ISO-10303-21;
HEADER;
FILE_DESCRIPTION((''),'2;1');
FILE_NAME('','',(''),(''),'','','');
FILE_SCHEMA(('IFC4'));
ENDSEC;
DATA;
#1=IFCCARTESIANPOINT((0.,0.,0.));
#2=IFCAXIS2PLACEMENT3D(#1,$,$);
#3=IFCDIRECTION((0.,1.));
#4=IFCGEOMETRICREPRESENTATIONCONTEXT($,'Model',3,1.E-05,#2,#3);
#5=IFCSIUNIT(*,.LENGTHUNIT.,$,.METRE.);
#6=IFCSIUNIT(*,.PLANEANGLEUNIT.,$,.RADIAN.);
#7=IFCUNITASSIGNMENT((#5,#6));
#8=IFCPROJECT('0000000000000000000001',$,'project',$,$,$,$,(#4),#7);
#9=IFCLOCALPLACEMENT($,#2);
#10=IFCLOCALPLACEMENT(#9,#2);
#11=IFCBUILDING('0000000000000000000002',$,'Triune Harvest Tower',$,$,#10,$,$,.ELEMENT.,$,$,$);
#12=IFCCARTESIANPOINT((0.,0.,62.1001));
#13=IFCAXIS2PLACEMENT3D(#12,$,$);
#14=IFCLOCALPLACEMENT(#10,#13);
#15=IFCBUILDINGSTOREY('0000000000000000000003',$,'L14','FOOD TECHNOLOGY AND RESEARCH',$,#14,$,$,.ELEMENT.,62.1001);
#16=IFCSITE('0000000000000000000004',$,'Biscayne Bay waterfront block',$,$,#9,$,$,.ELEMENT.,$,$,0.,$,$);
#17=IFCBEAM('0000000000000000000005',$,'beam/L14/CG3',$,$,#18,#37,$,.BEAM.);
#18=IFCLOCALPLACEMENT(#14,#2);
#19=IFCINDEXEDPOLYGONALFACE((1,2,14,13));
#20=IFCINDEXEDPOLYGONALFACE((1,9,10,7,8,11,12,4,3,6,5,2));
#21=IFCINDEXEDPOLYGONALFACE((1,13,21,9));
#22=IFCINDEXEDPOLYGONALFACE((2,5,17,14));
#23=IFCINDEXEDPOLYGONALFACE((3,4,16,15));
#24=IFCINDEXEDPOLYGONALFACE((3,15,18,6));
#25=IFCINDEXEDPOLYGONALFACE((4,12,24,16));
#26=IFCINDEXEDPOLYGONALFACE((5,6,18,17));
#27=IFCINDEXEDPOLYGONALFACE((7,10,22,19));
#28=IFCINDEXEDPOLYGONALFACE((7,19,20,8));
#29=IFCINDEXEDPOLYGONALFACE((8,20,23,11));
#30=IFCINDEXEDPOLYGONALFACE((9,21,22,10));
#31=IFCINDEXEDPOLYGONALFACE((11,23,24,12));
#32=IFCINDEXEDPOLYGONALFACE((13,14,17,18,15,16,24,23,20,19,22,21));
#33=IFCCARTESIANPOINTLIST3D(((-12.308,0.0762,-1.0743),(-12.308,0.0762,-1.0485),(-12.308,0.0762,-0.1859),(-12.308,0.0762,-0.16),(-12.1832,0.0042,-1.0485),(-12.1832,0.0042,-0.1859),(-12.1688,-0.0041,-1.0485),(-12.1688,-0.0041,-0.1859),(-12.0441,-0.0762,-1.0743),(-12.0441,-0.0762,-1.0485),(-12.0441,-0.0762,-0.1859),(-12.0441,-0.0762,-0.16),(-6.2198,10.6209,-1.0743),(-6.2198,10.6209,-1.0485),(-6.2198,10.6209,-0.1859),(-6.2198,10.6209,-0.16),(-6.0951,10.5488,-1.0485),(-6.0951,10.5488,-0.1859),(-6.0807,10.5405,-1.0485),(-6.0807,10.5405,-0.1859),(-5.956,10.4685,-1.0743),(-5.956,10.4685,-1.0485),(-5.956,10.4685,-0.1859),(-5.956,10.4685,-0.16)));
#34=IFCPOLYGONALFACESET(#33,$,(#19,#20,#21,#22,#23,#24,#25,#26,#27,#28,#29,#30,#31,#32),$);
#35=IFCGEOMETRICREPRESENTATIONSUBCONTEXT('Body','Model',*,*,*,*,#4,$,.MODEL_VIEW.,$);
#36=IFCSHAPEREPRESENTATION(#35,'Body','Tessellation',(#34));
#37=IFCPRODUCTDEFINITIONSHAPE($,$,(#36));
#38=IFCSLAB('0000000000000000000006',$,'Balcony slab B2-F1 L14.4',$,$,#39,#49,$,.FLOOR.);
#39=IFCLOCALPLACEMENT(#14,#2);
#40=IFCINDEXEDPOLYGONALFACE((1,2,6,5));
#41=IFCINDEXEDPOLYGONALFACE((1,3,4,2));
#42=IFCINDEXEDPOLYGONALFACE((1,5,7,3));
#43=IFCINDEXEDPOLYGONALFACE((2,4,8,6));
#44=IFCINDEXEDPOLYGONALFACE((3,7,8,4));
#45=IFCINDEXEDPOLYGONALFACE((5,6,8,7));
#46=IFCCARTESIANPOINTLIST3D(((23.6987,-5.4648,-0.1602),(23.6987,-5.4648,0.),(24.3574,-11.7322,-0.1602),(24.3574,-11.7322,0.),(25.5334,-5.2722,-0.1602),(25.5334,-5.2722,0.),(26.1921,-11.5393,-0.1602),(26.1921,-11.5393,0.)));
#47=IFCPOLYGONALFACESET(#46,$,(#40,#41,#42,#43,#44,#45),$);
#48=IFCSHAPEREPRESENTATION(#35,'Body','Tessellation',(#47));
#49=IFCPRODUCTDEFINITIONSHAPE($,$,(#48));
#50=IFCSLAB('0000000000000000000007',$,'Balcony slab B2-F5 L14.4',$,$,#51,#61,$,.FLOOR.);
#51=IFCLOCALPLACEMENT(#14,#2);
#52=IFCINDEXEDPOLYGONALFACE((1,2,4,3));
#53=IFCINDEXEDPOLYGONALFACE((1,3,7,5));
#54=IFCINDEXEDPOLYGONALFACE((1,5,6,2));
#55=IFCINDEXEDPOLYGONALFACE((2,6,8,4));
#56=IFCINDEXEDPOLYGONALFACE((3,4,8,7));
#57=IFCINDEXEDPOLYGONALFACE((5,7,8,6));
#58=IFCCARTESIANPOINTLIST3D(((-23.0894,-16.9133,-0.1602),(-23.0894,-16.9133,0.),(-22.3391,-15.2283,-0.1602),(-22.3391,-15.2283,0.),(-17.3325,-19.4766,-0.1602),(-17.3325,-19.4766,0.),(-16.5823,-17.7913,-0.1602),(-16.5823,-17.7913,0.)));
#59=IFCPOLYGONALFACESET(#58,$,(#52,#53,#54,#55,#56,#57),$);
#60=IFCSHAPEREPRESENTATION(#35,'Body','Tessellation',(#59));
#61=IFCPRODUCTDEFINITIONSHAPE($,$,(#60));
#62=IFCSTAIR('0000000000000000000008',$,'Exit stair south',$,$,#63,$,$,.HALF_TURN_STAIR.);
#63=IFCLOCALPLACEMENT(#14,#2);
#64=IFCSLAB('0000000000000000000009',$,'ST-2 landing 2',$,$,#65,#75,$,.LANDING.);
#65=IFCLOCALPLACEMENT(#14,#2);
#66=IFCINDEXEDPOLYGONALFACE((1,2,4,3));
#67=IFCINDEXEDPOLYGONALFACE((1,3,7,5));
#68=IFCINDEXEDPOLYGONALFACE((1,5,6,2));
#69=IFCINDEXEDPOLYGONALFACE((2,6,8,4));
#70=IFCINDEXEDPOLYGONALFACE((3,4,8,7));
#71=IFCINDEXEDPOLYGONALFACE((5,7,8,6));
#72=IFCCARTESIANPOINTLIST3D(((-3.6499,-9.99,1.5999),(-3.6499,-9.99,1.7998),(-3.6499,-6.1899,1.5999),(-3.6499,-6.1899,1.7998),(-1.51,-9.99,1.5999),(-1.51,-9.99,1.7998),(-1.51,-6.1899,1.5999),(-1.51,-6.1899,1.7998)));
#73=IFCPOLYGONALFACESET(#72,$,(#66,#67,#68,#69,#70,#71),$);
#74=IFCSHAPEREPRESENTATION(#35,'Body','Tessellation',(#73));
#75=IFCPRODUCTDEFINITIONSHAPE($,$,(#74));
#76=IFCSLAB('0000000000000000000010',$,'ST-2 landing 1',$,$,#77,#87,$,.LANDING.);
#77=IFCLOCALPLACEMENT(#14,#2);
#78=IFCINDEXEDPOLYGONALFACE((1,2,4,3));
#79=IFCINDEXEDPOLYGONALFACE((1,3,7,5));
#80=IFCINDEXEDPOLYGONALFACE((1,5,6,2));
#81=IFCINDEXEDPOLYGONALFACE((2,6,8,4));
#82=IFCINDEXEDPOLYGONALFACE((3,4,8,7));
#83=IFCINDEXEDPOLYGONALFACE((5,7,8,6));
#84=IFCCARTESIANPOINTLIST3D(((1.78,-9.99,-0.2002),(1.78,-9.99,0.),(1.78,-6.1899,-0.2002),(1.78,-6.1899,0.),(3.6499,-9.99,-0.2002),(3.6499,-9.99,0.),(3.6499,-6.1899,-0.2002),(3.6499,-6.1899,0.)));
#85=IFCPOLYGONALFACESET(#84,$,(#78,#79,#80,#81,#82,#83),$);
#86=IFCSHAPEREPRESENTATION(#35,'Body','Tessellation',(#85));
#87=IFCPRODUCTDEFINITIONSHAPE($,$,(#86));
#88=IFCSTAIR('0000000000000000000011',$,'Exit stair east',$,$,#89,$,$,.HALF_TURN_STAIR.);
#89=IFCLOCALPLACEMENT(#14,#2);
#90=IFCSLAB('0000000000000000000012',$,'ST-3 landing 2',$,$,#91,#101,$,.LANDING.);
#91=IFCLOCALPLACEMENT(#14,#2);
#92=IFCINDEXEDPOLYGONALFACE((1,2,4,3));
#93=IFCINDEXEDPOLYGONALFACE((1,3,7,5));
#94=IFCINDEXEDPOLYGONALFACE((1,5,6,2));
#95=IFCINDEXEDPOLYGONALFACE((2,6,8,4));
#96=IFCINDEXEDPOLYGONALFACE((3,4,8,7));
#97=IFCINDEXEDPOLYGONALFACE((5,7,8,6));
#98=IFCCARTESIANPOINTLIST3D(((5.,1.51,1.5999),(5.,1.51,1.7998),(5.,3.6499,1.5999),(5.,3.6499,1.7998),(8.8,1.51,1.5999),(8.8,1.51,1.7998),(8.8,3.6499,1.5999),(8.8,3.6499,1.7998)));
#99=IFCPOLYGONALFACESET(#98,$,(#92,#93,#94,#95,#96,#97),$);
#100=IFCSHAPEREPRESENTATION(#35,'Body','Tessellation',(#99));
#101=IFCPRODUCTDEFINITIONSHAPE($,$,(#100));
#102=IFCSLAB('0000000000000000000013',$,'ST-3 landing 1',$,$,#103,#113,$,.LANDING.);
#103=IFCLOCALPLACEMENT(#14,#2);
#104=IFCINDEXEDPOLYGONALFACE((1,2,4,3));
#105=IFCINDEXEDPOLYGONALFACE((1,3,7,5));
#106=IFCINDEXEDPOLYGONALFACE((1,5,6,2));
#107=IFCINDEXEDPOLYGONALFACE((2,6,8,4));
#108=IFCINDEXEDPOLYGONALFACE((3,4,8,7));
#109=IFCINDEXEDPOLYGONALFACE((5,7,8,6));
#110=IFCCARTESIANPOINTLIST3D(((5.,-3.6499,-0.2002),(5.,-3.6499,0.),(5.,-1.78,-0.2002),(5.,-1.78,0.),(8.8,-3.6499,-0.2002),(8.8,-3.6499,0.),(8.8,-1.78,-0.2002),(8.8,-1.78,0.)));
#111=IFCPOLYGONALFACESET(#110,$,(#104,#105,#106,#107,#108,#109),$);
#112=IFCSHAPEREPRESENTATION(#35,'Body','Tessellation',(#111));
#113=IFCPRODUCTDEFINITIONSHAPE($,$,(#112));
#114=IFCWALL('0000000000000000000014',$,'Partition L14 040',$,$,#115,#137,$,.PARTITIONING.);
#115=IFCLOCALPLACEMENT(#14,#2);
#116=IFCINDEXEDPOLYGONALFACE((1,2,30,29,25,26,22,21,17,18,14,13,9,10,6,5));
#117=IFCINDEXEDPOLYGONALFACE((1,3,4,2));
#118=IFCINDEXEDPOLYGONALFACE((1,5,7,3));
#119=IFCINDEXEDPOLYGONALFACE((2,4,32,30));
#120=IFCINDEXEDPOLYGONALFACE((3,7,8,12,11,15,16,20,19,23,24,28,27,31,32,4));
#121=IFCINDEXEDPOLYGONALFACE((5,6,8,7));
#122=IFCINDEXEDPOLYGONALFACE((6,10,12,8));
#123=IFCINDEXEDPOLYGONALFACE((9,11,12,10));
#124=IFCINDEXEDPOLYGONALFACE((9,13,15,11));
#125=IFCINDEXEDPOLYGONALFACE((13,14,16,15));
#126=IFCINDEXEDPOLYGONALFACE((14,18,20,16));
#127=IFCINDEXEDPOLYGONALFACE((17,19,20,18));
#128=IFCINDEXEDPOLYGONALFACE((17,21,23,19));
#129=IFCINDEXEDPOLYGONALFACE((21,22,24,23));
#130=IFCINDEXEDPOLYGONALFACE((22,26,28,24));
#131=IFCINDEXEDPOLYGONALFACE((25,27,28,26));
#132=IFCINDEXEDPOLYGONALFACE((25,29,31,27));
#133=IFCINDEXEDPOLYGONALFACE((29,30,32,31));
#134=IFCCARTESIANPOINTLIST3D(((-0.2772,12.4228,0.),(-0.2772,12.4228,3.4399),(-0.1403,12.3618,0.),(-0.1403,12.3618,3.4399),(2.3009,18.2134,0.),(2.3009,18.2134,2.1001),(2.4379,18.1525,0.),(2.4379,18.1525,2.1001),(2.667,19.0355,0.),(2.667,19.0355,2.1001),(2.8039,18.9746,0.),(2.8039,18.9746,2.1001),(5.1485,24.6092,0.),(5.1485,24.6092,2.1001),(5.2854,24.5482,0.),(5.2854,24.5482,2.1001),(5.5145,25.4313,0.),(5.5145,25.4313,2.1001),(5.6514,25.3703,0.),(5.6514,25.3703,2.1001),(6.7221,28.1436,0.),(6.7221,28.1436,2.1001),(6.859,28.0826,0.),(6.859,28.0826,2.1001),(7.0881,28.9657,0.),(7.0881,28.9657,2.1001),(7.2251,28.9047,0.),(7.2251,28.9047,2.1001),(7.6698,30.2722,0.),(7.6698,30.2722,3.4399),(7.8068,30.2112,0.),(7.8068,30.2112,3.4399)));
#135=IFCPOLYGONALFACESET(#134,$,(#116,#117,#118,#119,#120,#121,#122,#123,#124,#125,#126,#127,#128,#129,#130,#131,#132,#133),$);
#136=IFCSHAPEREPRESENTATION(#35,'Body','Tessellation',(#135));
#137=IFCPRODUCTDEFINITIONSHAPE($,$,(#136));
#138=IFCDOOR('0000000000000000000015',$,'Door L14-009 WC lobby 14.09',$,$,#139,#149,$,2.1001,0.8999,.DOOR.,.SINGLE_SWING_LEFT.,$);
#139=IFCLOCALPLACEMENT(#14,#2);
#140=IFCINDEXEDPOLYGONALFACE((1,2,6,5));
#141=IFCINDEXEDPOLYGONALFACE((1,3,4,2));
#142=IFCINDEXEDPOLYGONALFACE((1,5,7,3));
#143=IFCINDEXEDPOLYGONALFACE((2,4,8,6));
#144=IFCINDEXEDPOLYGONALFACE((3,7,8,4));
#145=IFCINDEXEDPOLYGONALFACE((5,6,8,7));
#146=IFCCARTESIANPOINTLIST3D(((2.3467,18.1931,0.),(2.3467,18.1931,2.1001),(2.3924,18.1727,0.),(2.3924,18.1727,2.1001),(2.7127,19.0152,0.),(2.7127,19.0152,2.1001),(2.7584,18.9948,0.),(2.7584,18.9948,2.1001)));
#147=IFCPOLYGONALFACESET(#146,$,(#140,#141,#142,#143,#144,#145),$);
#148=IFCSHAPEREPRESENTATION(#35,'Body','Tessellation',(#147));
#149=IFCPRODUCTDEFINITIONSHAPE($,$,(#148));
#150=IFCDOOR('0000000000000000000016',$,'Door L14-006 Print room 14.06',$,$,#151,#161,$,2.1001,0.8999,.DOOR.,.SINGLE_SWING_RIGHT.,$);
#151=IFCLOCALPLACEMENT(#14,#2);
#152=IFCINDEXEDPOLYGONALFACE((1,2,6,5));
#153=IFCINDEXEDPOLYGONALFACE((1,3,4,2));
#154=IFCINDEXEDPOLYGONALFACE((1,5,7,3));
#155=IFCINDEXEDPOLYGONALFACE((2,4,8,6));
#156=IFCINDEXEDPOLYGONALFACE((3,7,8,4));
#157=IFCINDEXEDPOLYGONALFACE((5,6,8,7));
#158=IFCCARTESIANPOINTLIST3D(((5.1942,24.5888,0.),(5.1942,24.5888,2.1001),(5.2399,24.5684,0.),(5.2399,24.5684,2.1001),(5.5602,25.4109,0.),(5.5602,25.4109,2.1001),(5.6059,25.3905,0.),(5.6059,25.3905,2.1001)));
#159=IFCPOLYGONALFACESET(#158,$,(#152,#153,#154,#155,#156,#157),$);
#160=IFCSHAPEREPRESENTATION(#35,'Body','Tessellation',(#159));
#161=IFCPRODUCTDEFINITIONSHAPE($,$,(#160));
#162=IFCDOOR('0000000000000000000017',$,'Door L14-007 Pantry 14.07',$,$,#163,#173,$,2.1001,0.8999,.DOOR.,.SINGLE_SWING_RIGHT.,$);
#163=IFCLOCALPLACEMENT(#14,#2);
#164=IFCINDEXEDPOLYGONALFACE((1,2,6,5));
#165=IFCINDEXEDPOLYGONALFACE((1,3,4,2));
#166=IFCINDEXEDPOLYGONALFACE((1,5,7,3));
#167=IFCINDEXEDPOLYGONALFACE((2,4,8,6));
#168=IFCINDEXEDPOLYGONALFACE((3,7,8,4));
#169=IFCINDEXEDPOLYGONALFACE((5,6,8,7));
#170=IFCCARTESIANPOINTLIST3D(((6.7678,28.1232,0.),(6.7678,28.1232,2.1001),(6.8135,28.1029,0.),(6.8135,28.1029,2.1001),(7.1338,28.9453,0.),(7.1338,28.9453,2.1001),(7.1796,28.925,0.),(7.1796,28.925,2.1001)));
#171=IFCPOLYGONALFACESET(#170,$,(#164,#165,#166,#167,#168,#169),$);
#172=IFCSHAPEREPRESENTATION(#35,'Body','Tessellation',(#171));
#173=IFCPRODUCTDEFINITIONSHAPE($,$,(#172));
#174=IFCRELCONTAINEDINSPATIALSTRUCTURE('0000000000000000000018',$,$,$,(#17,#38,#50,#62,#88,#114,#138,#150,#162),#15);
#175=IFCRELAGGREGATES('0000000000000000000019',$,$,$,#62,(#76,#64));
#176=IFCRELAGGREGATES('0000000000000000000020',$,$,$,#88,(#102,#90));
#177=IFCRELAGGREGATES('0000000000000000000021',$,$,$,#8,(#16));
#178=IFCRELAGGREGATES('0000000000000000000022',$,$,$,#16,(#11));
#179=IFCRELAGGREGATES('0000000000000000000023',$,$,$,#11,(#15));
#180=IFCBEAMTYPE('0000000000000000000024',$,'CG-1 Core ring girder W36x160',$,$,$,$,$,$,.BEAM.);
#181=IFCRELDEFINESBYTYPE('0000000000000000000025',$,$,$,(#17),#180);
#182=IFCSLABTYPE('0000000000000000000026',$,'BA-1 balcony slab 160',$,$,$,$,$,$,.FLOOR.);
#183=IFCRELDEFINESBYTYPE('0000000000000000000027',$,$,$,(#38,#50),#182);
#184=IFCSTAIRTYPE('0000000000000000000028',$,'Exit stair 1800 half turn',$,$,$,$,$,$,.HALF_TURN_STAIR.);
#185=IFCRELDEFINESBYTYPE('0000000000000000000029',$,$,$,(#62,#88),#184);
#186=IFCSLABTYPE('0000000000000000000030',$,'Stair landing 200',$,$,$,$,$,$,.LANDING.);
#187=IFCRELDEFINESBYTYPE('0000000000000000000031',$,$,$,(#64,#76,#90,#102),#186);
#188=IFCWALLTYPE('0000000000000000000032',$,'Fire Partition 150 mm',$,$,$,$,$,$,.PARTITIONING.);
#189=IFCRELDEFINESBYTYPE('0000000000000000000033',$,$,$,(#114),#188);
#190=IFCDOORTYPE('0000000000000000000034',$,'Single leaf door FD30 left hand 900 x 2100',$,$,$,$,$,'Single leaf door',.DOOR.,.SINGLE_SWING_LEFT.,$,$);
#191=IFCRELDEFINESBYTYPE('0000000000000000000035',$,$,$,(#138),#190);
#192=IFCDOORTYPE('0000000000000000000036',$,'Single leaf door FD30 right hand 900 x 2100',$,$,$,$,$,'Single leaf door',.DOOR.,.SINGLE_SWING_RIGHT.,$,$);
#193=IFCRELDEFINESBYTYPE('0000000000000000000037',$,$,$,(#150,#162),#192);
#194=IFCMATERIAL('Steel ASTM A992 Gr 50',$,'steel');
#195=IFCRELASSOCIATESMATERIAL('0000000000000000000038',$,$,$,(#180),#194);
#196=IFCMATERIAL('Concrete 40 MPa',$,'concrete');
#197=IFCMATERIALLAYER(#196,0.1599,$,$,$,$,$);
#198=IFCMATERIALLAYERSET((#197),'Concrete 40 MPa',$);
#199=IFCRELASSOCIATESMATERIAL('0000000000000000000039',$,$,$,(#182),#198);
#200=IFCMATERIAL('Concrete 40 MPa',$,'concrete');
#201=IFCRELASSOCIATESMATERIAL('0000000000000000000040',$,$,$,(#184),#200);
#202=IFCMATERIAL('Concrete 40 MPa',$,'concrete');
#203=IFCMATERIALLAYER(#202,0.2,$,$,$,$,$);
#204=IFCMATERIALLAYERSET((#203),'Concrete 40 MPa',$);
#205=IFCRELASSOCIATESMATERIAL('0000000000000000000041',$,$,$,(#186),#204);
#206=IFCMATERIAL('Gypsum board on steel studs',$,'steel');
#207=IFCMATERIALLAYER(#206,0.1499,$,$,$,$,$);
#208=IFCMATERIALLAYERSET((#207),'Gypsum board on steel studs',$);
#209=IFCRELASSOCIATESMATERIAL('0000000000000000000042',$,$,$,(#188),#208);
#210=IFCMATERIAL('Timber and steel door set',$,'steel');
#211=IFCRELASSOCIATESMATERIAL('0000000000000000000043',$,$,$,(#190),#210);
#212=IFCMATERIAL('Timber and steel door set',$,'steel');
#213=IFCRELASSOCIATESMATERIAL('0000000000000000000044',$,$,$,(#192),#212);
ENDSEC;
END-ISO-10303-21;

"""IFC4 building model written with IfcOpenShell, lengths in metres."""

from ifc_helpers import new_model, si_unit, direction, frame, frame_2d, origin, origin_2d, place, context, subcontext, project, spatial, polyline, rectangle, i_section, outline, extrude, source, transform, mapped, material, layer, layer_set, material_profile, profile_set, type_object, element, fill, aggregate, save


model = new_model("IFC4")

# Units and contexts
model_context = context("Model", 3, precision=1e-05, world=origin(), true_north=direction((0.0, 1.0)))
body_context = subcontext(model_context, "Body", "Model", "MODEL_VIEW")
ifc_project = project(units=[si_unit("LENGTHUNIT", "METRE"), si_unit("PLANEANGLEUNIT", "RADIAN")], contexts=[model_context])

# Site, building, storey
site_placement = place(None, origin())
site = spatial("IfcSite", under=ifc_project, at=site_placement, Name="Biscayne Bay waterfront block", CompositionType="ELEMENT", RefElevation=0.0)
building_placement = place(site_placement, origin())
building = spatial("IfcBuilding", under=site, at=building_placement, Name="Triune Harvest Tower", CompositionType="ELEMENT")
storey_placement = place(building_placement, frame((0.0, 0.0, 62.1001)))
storey = spatial("IfcBuildingStorey", under=building, at=storey_placement, Name="L14", Description="FOOD TECHNOLOGY AND RESEARCH", CompositionType="ELEMENT", Elevation=62.1001)

# Beam
ifc_material_1 = material(Name="Steel ASTM A992 Gr 50", Category="steel")
ifc_material_profile = material_profile(ifc_material_1, i_section(OverallWidth=0.3047, OverallDepth=0.9143, WebThickness=0.0166, FlangeThickness=0.0259, at=origin_2d()), Name="W36x160")
ifc_profile_set = profile_set([ifc_material_profile], Name="Steel ASTM A992 Gr 50")
beam_type = type_object("IfcBeamType", Name="CG-1 Core ring girder W36x160", PredefinedType="BEAM", material=ifc_profile_set)
shared_shape_1 = source(origin(), body_context, "Body", "SweptSolid", [
    extrude(i_section(OverallWidth=0.3047, OverallDepth=0.9143, WebThickness=0.0166, FlangeThickness=0.0259, at=origin_2d()), origin(), (0.0, 0.0, 1.0), 12.176),
])
beam_placement = place(storey_placement, frame((-6.0879, 10.5447, -0.6172), z_axis=(-0.50001, -0.86602, 0.0), x_axis=(0.86602, -0.50001, 0.0)))
element("IfcBeam", 1, at=beam_placement, inside=storey, type_object=beam_type, Name="beam/L14/CG3", PredefinedType="BEAM", context=body_context, shape_type="MappedRepresentation", body=[
    mapped(shared_shape_1, transform((0.0, 0.0, 0.0), scale=1.0)),
])

# Slabs
ifc_material_2 = material(Name="Concrete 40 MPa", Category="concrete")
ifc_layer_1 = layer(ifc_material_2, 0.1599)
ifc_layer_set_1 = layer_set([ifc_layer_1], Name="Concrete 40 MPa")
slab_type_1 = type_object("IfcSlabType", Name="BA-1 balcony slab 160", PredefinedType="FLOOR", material=ifc_layer_set_1)
slab_1_placement = place(storey_placement, frame((0.0, 0.0, -0.1602)))
element("IfcSlab", 2, at=slab_1_placement, inside=storey, type_object=slab_type_1, Name="Balcony slab B2-F1 L14.4", PredefinedType="FLOOR", context=body_context, shape_type="SweptSolid", body=[
    extrude(outline(polyline([(24.3574, -11.7322), (23.6987, -5.4648), (25.5334, -5.2722), (26.1921, -11.5393), (24.3574, -11.7322)])), origin(), (0.0, 0.0, 1.0), 0.1602),
])
slab_2_placement = place(storey_placement, frame((0.0, 0.0, -0.1602)))
element("IfcSlab", 3, at=slab_2_placement, inside=storey, type_object=slab_type_1, Name="Balcony slab B2-F5 L14.4", PredefinedType="FLOOR", context=body_context, shape_type="SweptSolid", body=[
    extrude(outline(polyline([(-22.3391, -15.2283), (-16.5823, -17.7913), (-17.3325, -19.4766), (-23.0894, -16.9133), (-22.3391, -15.2283)])), origin(), (0.0, 0.0, 1.0), 0.1602),
])

# Stairs, slabs
ifc_material_3 = material(Name="Concrete 40 MPa", Category="concrete")
stair_type = type_object("IfcStairType", Name="Exit stair 1800 half turn", PredefinedType="HALF_TURN_STAIR", material=ifc_material_3)
stair_1_placement = place(storey_placement, origin())
stair_1 = element("IfcStair", 4, at=stair_1_placement, inside=storey, type_object=stair_type, Name="Exit stair south", PredefinedType="HALF_TURN_STAIR")
ifc_material_4 = material(Name="Concrete 40 MPa", Category="concrete")
ifc_layer_2 = layer(ifc_material_4, 0.2)
ifc_layer_set_2 = layer_set([ifc_layer_2], Name="Concrete 40 MPa")
slab_type_2 = type_object("IfcSlabType", Name="Stair landing 200", PredefinedType="LANDING", material=ifc_layer_set_2)
shared_shape_2 = source(origin(), body_context, "Body", "SweptSolid", [
    extrude(outline(polyline([(-1.51, -6.1899), (-3.6499, -6.1899), (-3.6499, -9.99), (-1.51, -9.99), (-1.51, -6.1899)])), origin(), (0.0, 0.0, 1.0), 0.2),
])
slab_3_placement = place(storey_placement, frame((0.0, 0.0, 1.5999)))
slab_3 = element("IfcSlab", 5, at=slab_3_placement, type_object=slab_type_2, Name="ST-2 landing 2", PredefinedType="LANDING", context=body_context, shape_type="MappedRepresentation", body=[
    mapped(shared_shape_2, transform((0.0, 0.0, 0.0), scale=1.0)),
])
shared_shape_3 = source(origin(), body_context, "Body", "SweptSolid", [
    extrude(outline(polyline([(3.6499, -6.1899), (1.78, -6.1899), (1.78, -9.99), (3.6499, -9.99), (3.6499, -6.1899)])), origin(), (0.0, 0.0, 1.0), 0.2002),
])
slab_4_placement = place(storey_placement, frame((0.0, 0.0, -0.2002)))
slab_4 = element("IfcSlab", 6, at=slab_4_placement, type_object=slab_type_2, Name="ST-2 landing 1", PredefinedType="LANDING", context=body_context, shape_type="MappedRepresentation", body=[
    mapped(shared_shape_3, transform((0.0, 0.0, 0.0), scale=1.0)),
])
aggregate(stair_1, [slab_4, slab_3])
stair_2_placement = place(storey_placement, origin())
stair_2 = element("IfcStair", 7, at=stair_2_placement, inside=storey, type_object=stair_type, Name="Exit stair east", PredefinedType="HALF_TURN_STAIR")
shared_shape_4 = source(origin(), body_context, "Body", "SweptSolid", [
    extrude(outline(polyline([(8.8, 1.51), (8.8, 3.6499), (5.0, 3.6499), (5.0, 1.51), (8.8, 1.51)])), origin(), (0.0, 0.0, 1.0), 0.2),
])
slab_5_placement = place(storey_placement, frame((0.0, 0.0, 1.5999)))
slab_5 = element("IfcSlab", 8, at=slab_5_placement, type_object=slab_type_2, Name="ST-3 landing 2", PredefinedType="LANDING", context=body_context, shape_type="MappedRepresentation", body=[
    mapped(shared_shape_4, transform((0.0, 0.0, 0.0), scale=1.0)),
])
shared_shape_5 = source(origin(), body_context, "Body", "SweptSolid", [
    extrude(outline(polyline([(8.8, -3.6499), (8.8, -1.78), (5.0, -1.78), (5.0, -3.6499), (8.8, -3.6499)])), origin(), (0.0, 0.0, 1.0), 0.2002),
])
slab_6_placement = place(storey_placement, frame((0.0, 0.0, -0.2002)))
slab_6 = element("IfcSlab", 9, at=slab_6_placement, type_object=slab_type_2, Name="ST-3 landing 1", PredefinedType="LANDING", context=body_context, shape_type="MappedRepresentation", body=[
    mapped(shared_shape_5, transform((0.0, 0.0, 0.0), scale=1.0)),
])
aggregate(stair_2, [slab_6, slab_5])

# Wall, openings, doors
ifc_material_5 = material(Name="Gypsum board on steel studs", Category="steel")
ifc_layer_3 = layer(ifc_material_5, 0.1499)
ifc_layer_set_3 = layer_set([ifc_layer_3], Name="Gypsum board on steel studs")
wall_type_1 = type_object("IfcWallType", Name="Fire Partition 150 mm", PredefinedType="PARTITIONING", material=ifc_layer_set_3)
wall_1_placement = place(storey_placement, frame((-0.2087, 12.3923, 0.0), z_axis=(0.0, 0.0, 1.0), x_axis=(0.406735, 0.913546, 0.0)))
wall_1 = element("IfcWall", 10, at=wall_1_placement, inside=storey, type_object=wall_type_1, Name="Partition L14 040", PredefinedType="PARTITIONING", context=body_context, shape_type="SweptSolid", body=[
    extrude(rectangle(XDim=19.5386, YDim=0.1499, at=frame_2d((9.7693, 0.0))), origin(), (0.0, 0.0, 1.0), 3.4399),
])
opening_1_placement = place(wall_1_placement, frame((13.3396, 0.0, 0.0)))
opening_1 = element("IfcOpeningElement", 11, at=opening_1_placement, cuts=wall_1, PredefinedType="OPENING", context=body_context, shape_type="SweptSolid", body=[
    extrude(rectangle(XDim=0.8999, YDim=2.1001, at=frame_2d((0.45, 1.05))), frame((0.0, 0.085, 0.0), z_axis=(0.0, -1.0, 0.0), x_axis=(1.0, 0.0, 0.0)), (0.0, 0.0, 1.0), 0.1699),
])
opening_2_placement = place(wall_1_placement, frame((17.2085, 0.0, 0.0)))
opening_2 = element("IfcOpeningElement", 12, at=opening_2_placement, cuts=wall_1, PredefinedType="OPENING", context=body_context, shape_type="SweptSolid", body=[
    extrude(rectangle(XDim=0.8999, YDim=2.1001, at=frame_2d((0.45, 1.05))), frame((0.0, 0.085, 0.0), z_axis=(0.0, -1.0, 0.0), x_axis=(1.0, 0.0, 0.0)), (0.0, 0.0, 1.0), 0.1699),
])
opening_3_placement = place(wall_1_placement, frame((6.3386, 0.0, 0.0)))
opening_3 = element("IfcOpeningElement", 13, at=opening_3_placement, cuts=wall_1, PredefinedType="OPENING", context=body_context, shape_type="SweptSolid", body=[
    extrude(rectangle(XDim=0.8999, YDim=2.1001, at=frame_2d((0.45, 1.05))), frame((0.0, 0.085, 0.0), z_axis=(0.0, -1.0, 0.0), x_axis=(1.0, 0.0, 0.0)), (0.0, 0.0, 1.0), 0.1699),
])
ifc_material_6 = material(Name="Timber and steel door set", Category="steel")
door_type_1 = type_object("IfcDoorType", Name="Single leaf door FD30 left hand 900 x 2100", ElementType="Single leaf door", OperationType="SINGLE_SWING_LEFT", PredefinedType="DOOR", material=ifc_material_6)
door_1_placement = place(opening_3_placement, origin())
door_1 = element("IfcDoor", 14, at=door_1_placement, inside=storey, type_object=door_type_1, Name="Door L14-009 WC lobby 14.09", OperationType="SINGLE_SWING_LEFT", OverallHeight=2.1001, OverallWidth=0.8999, PredefinedType="DOOR", context=body_context, shape_type="SweptSolid", body=[
    extrude(rectangle(XDim=0.8999, YDim=2.1001, at=frame_2d((0.45, 1.05))), frame((0.0, 0.0249, 0.0), z_axis=(0.0, -1.0, 0.0), x_axis=(1.0, 0.0, 0.0)), (0.0, 0.0, 1.0), 0.05),
])
fill(opening_3, door_1)
ifc_material_7 = material(Name="Timber and steel door set", Category="steel")
door_type_2 = type_object("IfcDoorType", Name="Single leaf door FD30 right hand 900 x 2100", ElementType="Single leaf door", OperationType="SINGLE_SWING_RIGHT", PredefinedType="DOOR", material=ifc_material_7)
door_2_placement = place(opening_1_placement, origin())
door_2 = element("IfcDoor", 15, at=door_2_placement, inside=storey, type_object=door_type_2, Name="Door L14-006 Print room 14.06", OperationType="SINGLE_SWING_RIGHT", OverallHeight=2.1001, OverallWidth=0.8999, PredefinedType="DOOR", context=body_context, shape_type="SweptSolid", body=[
    extrude(rectangle(XDim=0.8999, YDim=2.1001, at=frame_2d((0.45, 1.05))), frame((0.0, 0.0249, 0.0), z_axis=(0.0, -1.0, 0.0), x_axis=(1.0, 0.0, 0.0)), (0.0, 0.0, 1.0), 0.05),
])
fill(opening_1, door_2)
door_3_placement = place(opening_2_placement, origin())
door_3 = element("IfcDoor", 16, at=door_3_placement, inside=storey, type_object=door_type_2, Name="Door L14-007 Pantry 14.07", OperationType="SINGLE_SWING_RIGHT", OverallHeight=2.1001, OverallWidth=0.8999, PredefinedType="DOOR", context=body_context, shape_type="SweptSolid", body=[
    extrude(rectangle(XDim=0.8999, YDim=2.1001, at=frame_2d((0.45, 1.05))), frame((0.0, 0.0249, 0.0), z_axis=(0.0, -1.0, 0.0), x_axis=(1.0, 0.0, 0.0)), (0.0, 0.0, 1.0), 0.05),
])
fill(opening_2, door_3)

save(model, "model.ifc")
